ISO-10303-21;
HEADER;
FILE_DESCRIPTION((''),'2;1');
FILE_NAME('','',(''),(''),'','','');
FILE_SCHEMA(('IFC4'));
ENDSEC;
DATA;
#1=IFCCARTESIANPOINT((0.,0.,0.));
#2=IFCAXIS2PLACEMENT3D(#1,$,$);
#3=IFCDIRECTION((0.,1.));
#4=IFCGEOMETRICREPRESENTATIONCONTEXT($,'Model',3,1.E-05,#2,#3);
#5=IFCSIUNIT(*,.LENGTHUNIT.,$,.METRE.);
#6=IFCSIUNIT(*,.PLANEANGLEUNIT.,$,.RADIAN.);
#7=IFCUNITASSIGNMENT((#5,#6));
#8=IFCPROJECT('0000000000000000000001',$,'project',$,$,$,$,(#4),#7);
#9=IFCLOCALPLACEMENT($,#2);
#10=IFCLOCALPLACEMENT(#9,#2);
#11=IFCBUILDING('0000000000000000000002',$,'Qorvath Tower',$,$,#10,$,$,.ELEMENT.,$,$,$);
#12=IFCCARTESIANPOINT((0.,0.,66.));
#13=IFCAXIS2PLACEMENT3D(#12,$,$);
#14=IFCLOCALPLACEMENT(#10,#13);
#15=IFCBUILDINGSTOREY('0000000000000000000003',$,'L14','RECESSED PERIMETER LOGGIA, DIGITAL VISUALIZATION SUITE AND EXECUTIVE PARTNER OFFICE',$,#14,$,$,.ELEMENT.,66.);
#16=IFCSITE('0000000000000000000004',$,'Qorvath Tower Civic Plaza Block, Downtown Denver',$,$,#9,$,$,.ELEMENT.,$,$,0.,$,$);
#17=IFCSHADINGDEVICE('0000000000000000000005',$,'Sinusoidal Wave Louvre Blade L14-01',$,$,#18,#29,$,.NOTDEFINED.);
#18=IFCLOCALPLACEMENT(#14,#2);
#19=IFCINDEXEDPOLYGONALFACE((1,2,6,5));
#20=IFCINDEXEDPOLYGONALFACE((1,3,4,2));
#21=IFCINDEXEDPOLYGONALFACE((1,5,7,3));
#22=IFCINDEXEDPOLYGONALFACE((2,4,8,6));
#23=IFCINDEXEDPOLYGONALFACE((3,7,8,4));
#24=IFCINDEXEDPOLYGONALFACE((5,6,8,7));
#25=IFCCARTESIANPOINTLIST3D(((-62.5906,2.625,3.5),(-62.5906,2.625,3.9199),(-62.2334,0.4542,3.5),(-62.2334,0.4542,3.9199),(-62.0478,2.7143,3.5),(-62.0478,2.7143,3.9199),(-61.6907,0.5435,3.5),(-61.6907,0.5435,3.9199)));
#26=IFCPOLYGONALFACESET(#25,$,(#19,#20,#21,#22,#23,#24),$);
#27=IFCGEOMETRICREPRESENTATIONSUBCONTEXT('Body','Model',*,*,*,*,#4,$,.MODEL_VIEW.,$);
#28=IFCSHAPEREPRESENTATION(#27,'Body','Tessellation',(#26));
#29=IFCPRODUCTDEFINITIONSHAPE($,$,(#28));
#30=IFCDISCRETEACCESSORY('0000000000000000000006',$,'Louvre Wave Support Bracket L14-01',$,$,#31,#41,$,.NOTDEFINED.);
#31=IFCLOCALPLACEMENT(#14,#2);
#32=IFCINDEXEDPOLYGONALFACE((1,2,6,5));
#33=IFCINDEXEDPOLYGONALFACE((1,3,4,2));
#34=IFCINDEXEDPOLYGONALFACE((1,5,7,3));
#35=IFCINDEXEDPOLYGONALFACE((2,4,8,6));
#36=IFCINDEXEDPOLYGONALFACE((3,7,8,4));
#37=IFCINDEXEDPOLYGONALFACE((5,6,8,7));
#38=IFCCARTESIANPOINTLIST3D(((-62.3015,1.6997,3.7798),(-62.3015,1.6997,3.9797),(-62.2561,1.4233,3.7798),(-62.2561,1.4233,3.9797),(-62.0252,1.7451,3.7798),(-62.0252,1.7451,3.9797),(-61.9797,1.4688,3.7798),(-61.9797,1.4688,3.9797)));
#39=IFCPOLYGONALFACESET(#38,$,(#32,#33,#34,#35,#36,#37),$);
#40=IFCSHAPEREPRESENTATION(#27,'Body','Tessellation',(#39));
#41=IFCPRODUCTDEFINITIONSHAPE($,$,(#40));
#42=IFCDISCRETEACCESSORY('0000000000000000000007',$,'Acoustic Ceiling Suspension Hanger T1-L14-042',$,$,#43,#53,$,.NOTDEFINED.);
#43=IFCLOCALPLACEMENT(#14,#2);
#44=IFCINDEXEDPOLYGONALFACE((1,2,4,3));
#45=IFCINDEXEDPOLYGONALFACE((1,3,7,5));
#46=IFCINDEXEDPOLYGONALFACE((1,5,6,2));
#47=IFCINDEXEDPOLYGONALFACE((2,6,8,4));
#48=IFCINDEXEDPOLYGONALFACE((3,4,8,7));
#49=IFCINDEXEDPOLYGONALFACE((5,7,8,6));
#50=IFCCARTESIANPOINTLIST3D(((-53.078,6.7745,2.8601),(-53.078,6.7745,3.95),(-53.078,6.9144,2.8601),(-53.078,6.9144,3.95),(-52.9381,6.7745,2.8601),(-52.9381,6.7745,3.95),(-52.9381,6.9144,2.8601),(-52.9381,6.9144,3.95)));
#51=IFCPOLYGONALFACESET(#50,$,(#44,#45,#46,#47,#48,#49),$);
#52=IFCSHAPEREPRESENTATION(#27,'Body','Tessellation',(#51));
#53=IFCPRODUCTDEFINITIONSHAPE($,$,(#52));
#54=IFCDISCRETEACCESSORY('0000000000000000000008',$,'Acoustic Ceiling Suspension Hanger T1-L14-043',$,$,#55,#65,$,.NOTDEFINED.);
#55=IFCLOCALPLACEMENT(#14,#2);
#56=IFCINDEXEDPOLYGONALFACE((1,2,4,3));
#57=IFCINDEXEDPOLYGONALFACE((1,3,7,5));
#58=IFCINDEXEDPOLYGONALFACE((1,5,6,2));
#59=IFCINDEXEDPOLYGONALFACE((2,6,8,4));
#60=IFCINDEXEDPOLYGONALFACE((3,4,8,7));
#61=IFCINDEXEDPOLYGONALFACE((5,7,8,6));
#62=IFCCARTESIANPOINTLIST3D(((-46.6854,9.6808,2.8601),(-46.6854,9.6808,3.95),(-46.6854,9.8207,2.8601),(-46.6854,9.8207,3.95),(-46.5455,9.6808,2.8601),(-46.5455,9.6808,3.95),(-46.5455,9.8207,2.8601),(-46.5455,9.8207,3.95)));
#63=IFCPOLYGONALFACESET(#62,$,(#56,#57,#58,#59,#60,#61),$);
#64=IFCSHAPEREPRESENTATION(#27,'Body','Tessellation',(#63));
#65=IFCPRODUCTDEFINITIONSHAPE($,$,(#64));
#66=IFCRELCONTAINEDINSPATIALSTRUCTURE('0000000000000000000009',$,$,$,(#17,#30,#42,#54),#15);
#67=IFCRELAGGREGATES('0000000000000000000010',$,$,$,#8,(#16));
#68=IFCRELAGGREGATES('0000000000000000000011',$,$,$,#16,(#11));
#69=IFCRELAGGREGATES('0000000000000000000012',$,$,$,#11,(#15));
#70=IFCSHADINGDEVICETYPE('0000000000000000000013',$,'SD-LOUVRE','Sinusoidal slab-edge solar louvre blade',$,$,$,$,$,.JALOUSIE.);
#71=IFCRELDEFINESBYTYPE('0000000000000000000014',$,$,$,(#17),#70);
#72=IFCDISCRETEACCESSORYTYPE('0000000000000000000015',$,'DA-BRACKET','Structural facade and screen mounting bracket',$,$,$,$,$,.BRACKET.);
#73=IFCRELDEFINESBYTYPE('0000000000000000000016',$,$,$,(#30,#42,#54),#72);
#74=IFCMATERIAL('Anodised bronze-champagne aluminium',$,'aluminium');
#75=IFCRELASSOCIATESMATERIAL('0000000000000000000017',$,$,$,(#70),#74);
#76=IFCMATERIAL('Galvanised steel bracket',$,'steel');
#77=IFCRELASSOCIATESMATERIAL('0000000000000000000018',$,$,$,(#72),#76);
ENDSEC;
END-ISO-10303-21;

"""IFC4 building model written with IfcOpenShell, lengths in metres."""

from ifc_helpers import new_model, si_unit, direction, frame, origin, origin_2d, place, context, subcontext, project, spatial, rectangle, extrude, material, type_object, element, save


model = new_model("IFC4")

# Units and contexts
model_context = context("Model", 3, precision=1e-05, world=origin(), true_north=direction((0.0, 1.0)))
body_context = subcontext(model_context, "Body", "Model", "MODEL_VIEW")
ifc_project = project(units=[si_unit("LENGTHUNIT", "METRE"), si_unit("PLANEANGLEUNIT", "RADIAN")], contexts=[model_context])

# Site, building, storey
site_placement = place(None, origin())
site = spatial("IfcSite", under=ifc_project, at=site_placement, Name="Qorvath Tower Civic Plaza Block, Downtown Denver", CompositionType="ELEMENT", RefElevation=0.0)
building_placement = place(site_placement, origin())
building = spatial("IfcBuilding", under=site, at=building_placement, Name="Qorvath Tower", CompositionType="ELEMENT")
storey_placement = place(building_placement, frame((0.0, 0.0, 66.0)))
storey = spatial("IfcBuildingStorey", under=building, at=storey_placement, Name="L14", Description="RECESSED PERIMETER LOGGIA, DIGITAL VISUALIZATION SUITE AND EXECUTIVE PARTNER OFFICE", CompositionType="ELEMENT", Elevation=66.0)

# Shading device
ifc_material_1 = material(Name="Anodised bronze-champagne aluminium", Category="aluminium")
shading_device_type = type_object("IfcShadingDeviceType", Name="SD-LOUVRE", Description="Sinusoidal slab-edge solar louvre blade", PredefinedType="JALOUSIE", material=ifc_material_1)
shading_device_placement = place(storey_placement, frame((-62.1406, 1.5842, 3.5), z_axis=(0.0, 0.0, 1.0), x_axis=(0.162332, -0.986736, 0.0)))
element("IfcShadingDevice", 1, at=shading_device_placement, inside=storey, type_object=shading_device_type, Name="Sinusoidal Wave Louvre Blade L14-01", PredefinedType="NOTDEFINED", context=body_context, shape_type="SweptSolid", body=[
    extrude(rectangle(XDim=2.2, YDim=0.55, at=origin_2d()), origin(), (0.0, 0.0, 1.0), 0.4199),
])

# Discrete accessories
ifc_material_2 = material(Name="Galvanised steel bracket", Category="steel")
discrete_accessory_type = type_object("IfcDiscreteAccessoryType", Name="DA-BRACKET", Description="Structural facade and screen mounting bracket", PredefinedType="BRACKET", material=ifc_material_2)
discrete_accessory_placement = place(storey_placement, frame((-62.1406, 1.5842, 3.7798), z_axis=(0.0, 0.0, 1.0), x_axis=(0.162332, -0.986736, 0.0)))
element("IfcDiscreteAccessory", 2, at=discrete_accessory_placement, inside=storey, type_object=discrete_accessory_type, Name="Louvre Wave Support Bracket L14-01", PredefinedType="NOTDEFINED", context=body_context, shape_type="SweptSolid", body=[
    extrude(rectangle(XDim=0.28, YDim=0.28, at=origin_2d()), origin(), (0.0, 0.0, 1.0), 0.2),
])
for number, where, z_axis, x_axis, name in (
    (3, (-53.0081, 6.8445, 2.8601), (0.0, 0.0, 1.0), (1.0, 0.0, 0.0), "Acoustic Ceiling Suspension Hanger T1-L14-042"),
    (4, (-46.6155, 9.7507, 2.8601), (0.0, 0.0, 1.0), (1.0, 0.0, 0.0), "Acoustic Ceiling Suspension Hanger T1-L14-043"),
):
    element("IfcDiscreteAccessory", number, at=place(storey_placement, frame(where, z_axis=z_axis, x_axis=x_axis)), inside=storey, type_object=discrete_accessory_type, Name=name, PredefinedType="NOTDEFINED", context=body_context, shape_type="SweptSolid", body=[
        extrude(rectangle(XDim=0.1399, YDim=0.1399, at=origin_2d()), origin(), (0.0, 0.0, 1.0), 1.0898),
    ])

save(model, "model.ifc")
